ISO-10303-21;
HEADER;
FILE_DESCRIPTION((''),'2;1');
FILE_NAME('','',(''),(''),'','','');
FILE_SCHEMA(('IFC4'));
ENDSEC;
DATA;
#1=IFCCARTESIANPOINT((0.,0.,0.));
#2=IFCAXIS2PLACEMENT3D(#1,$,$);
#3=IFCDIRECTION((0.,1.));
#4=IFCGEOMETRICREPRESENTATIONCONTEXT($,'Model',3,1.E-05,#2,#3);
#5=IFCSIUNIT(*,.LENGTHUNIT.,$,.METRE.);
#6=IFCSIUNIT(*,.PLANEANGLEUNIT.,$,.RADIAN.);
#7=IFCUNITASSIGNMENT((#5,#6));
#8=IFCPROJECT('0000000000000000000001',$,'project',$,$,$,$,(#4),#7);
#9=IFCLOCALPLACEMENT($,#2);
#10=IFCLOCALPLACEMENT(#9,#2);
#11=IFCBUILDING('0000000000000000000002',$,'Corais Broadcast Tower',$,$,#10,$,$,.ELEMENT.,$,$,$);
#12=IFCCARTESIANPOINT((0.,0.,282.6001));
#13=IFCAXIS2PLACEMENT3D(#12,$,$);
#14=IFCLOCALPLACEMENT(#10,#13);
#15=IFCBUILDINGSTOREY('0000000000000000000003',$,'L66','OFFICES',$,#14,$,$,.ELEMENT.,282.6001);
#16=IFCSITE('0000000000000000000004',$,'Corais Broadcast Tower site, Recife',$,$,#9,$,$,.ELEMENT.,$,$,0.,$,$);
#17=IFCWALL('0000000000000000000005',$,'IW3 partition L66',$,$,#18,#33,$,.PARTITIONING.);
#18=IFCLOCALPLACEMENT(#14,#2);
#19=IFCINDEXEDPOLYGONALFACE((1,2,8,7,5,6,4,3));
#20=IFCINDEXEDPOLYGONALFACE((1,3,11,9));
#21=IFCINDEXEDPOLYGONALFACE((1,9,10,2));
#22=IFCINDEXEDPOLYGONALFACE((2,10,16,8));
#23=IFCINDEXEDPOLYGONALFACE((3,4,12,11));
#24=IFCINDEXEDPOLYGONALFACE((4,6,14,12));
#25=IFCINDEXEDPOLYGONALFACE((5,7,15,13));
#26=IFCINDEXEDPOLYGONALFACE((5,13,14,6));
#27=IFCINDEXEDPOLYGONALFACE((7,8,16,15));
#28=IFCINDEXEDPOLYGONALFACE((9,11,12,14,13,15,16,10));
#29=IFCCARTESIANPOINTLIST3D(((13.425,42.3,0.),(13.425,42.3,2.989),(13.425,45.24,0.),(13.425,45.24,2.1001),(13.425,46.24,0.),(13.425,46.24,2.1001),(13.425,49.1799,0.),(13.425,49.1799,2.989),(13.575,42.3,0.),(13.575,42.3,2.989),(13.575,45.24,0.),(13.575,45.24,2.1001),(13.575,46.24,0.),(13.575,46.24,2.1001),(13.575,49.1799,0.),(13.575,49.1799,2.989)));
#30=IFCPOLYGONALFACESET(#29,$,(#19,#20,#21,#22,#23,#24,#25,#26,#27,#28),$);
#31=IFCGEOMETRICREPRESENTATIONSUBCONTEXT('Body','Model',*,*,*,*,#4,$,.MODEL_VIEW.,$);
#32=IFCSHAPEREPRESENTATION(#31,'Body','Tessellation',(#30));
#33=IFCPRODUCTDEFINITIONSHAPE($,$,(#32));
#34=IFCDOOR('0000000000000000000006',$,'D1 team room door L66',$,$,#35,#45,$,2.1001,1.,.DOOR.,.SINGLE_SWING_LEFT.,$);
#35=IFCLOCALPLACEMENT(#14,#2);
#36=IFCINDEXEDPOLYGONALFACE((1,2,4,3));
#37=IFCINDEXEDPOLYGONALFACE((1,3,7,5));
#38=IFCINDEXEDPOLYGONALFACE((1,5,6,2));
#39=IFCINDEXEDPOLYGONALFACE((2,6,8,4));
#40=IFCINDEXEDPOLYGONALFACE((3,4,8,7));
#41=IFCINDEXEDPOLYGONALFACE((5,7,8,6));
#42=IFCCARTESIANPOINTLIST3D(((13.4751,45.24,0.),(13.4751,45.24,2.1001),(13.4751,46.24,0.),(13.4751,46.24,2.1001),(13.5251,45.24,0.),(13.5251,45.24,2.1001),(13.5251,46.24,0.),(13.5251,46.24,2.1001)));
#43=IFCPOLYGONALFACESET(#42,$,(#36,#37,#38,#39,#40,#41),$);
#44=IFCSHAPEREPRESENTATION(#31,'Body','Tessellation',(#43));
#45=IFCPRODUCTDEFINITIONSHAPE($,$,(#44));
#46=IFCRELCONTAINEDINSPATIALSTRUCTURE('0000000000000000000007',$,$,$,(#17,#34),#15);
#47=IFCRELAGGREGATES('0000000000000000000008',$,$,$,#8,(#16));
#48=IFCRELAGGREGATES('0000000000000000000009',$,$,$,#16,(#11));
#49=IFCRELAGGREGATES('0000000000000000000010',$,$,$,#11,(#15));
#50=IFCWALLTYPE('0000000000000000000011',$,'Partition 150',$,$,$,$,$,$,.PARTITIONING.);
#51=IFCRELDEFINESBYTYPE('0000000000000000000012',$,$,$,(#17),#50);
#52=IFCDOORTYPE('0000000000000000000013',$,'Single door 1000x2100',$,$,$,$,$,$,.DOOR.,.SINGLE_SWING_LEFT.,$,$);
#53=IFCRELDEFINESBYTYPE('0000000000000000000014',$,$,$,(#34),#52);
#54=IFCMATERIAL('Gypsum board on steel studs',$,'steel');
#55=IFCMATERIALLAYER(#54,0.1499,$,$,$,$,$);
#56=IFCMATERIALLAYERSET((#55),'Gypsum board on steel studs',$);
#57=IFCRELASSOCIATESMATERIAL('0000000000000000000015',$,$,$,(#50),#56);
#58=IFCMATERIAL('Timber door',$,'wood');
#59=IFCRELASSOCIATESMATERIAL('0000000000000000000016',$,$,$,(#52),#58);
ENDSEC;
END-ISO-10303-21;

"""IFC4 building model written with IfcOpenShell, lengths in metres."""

from ifc_helpers import new_model, si_unit, direction, frame, frame_2d, origin, place, context, subcontext, project, spatial, rectangle, extrude, material, layer, layer_set, type_object, element, fill, save


model = new_model("IFC4")

# Units and contexts
model_context = context("Model", 3, precision=1e-05, world=origin(), true_north=direction((0.0, 1.0)))
body_context = subcontext(model_context, "Body", "Model", "MODEL_VIEW")
ifc_project = project(units=[si_unit("LENGTHUNIT", "METRE"), si_unit("PLANEANGLEUNIT", "RADIAN")], contexts=[model_context])

# Site, building, storey
site_placement = place(None, origin())
site = spatial("IfcSite", under=ifc_project, at=site_placement, Name="Corais Broadcast Tower site, Recife", CompositionType="ELEMENT", RefElevation=0.0)
building_placement = place(site_placement, origin())
building = spatial("IfcBuilding", under=site, at=building_placement, Name="Corais Broadcast Tower", CompositionType="ELEMENT")
storey_placement = place(building_placement, frame((0.0, 0.0, 282.6001)))
storey = spatial("IfcBuildingStorey", under=building, at=storey_placement, Name="L66", Description="OFFICES", CompositionType="ELEMENT", Elevation=282.6001)

# Shared definitions
ifc_material_1 = material(Name="Gypsum board on steel studs", Category="steel")
ifc_layer_1 = layer(ifc_material_1, 0.1499)
ifc_layer_set_1 = layer_set([ifc_layer_1], Name="Gypsum board on steel studs")
wall_type = type_object("IfcWallType", Name="Partition 150", PredefinedType="PARTITIONING", material=ifc_layer_set_1)

# Wall, opening, door
wall_1_placement = place(storey_placement, frame((13.5, 42.3, 0.0), z_axis=(0.0, 0.0, 1.0), x_axis=(0.0, 1.0, 0.0)))
wall_1 = element("IfcWall", 1, at=wall_1_placement, inside=storey, type_object=wall_type, Name="IW3 partition L66", PredefinedType="PARTITIONING", context=body_context, shape_type="SweptSolid", body=[
    extrude(rectangle(XDim=6.8799, YDim=0.1499, at=frame_2d((3.4399, 0.0))), origin(), (0.0, 0.0, 1.0), 2.989),
])
opening_placement = place(wall_1_placement, frame((2.9399, 0.0, 0.0)))
opening = element("IfcOpeningElement", 2, at=opening_placement, cuts=wall_1, PredefinedType="OPENING", context=body_context, shape_type="SweptSolid", body=[
    extrude(rectangle(XDim=1.0, YDim=2.1001, at=frame_2d((0.5, 1.05))), frame((0.0, 0.085, 0.0), z_axis=(0.0, -1.0, 0.0), x_axis=(1.0, 0.0, 0.0)), (0.0, 0.0, 1.0), 0.1699),
])
ifc_material_2 = material(Name="Timber door", Category="wood")
door_type = type_object("IfcDoorType", Name="Single door 1000x2100", OperationType="SINGLE_SWING_LEFT", PredefinedType="DOOR", material=ifc_material_2)
door_placement = place(opening_placement, origin())
door = element("IfcDoor", 3, at=door_placement, inside=storey, type_object=door_type, Name="D1 team room door L66", OperationType="SINGLE_SWING_LEFT", OverallHeight=2.1001, OverallWidth=1.0, PredefinedType="DOOR", context=body_context, shape_type="SweptSolid", body=[
    extrude(rectangle(XDim=1.0, YDim=2.1001, at=frame_2d((0.5, 1.05))), frame((0.0, 0.0249, 0.0), z_axis=(0.0, -1.0, 0.0), x_axis=(1.0, 0.0, 0.0)), (0.0, 0.0, 1.0), 0.05),
])
fill(opening, door)

save(model, "model.ifc")
